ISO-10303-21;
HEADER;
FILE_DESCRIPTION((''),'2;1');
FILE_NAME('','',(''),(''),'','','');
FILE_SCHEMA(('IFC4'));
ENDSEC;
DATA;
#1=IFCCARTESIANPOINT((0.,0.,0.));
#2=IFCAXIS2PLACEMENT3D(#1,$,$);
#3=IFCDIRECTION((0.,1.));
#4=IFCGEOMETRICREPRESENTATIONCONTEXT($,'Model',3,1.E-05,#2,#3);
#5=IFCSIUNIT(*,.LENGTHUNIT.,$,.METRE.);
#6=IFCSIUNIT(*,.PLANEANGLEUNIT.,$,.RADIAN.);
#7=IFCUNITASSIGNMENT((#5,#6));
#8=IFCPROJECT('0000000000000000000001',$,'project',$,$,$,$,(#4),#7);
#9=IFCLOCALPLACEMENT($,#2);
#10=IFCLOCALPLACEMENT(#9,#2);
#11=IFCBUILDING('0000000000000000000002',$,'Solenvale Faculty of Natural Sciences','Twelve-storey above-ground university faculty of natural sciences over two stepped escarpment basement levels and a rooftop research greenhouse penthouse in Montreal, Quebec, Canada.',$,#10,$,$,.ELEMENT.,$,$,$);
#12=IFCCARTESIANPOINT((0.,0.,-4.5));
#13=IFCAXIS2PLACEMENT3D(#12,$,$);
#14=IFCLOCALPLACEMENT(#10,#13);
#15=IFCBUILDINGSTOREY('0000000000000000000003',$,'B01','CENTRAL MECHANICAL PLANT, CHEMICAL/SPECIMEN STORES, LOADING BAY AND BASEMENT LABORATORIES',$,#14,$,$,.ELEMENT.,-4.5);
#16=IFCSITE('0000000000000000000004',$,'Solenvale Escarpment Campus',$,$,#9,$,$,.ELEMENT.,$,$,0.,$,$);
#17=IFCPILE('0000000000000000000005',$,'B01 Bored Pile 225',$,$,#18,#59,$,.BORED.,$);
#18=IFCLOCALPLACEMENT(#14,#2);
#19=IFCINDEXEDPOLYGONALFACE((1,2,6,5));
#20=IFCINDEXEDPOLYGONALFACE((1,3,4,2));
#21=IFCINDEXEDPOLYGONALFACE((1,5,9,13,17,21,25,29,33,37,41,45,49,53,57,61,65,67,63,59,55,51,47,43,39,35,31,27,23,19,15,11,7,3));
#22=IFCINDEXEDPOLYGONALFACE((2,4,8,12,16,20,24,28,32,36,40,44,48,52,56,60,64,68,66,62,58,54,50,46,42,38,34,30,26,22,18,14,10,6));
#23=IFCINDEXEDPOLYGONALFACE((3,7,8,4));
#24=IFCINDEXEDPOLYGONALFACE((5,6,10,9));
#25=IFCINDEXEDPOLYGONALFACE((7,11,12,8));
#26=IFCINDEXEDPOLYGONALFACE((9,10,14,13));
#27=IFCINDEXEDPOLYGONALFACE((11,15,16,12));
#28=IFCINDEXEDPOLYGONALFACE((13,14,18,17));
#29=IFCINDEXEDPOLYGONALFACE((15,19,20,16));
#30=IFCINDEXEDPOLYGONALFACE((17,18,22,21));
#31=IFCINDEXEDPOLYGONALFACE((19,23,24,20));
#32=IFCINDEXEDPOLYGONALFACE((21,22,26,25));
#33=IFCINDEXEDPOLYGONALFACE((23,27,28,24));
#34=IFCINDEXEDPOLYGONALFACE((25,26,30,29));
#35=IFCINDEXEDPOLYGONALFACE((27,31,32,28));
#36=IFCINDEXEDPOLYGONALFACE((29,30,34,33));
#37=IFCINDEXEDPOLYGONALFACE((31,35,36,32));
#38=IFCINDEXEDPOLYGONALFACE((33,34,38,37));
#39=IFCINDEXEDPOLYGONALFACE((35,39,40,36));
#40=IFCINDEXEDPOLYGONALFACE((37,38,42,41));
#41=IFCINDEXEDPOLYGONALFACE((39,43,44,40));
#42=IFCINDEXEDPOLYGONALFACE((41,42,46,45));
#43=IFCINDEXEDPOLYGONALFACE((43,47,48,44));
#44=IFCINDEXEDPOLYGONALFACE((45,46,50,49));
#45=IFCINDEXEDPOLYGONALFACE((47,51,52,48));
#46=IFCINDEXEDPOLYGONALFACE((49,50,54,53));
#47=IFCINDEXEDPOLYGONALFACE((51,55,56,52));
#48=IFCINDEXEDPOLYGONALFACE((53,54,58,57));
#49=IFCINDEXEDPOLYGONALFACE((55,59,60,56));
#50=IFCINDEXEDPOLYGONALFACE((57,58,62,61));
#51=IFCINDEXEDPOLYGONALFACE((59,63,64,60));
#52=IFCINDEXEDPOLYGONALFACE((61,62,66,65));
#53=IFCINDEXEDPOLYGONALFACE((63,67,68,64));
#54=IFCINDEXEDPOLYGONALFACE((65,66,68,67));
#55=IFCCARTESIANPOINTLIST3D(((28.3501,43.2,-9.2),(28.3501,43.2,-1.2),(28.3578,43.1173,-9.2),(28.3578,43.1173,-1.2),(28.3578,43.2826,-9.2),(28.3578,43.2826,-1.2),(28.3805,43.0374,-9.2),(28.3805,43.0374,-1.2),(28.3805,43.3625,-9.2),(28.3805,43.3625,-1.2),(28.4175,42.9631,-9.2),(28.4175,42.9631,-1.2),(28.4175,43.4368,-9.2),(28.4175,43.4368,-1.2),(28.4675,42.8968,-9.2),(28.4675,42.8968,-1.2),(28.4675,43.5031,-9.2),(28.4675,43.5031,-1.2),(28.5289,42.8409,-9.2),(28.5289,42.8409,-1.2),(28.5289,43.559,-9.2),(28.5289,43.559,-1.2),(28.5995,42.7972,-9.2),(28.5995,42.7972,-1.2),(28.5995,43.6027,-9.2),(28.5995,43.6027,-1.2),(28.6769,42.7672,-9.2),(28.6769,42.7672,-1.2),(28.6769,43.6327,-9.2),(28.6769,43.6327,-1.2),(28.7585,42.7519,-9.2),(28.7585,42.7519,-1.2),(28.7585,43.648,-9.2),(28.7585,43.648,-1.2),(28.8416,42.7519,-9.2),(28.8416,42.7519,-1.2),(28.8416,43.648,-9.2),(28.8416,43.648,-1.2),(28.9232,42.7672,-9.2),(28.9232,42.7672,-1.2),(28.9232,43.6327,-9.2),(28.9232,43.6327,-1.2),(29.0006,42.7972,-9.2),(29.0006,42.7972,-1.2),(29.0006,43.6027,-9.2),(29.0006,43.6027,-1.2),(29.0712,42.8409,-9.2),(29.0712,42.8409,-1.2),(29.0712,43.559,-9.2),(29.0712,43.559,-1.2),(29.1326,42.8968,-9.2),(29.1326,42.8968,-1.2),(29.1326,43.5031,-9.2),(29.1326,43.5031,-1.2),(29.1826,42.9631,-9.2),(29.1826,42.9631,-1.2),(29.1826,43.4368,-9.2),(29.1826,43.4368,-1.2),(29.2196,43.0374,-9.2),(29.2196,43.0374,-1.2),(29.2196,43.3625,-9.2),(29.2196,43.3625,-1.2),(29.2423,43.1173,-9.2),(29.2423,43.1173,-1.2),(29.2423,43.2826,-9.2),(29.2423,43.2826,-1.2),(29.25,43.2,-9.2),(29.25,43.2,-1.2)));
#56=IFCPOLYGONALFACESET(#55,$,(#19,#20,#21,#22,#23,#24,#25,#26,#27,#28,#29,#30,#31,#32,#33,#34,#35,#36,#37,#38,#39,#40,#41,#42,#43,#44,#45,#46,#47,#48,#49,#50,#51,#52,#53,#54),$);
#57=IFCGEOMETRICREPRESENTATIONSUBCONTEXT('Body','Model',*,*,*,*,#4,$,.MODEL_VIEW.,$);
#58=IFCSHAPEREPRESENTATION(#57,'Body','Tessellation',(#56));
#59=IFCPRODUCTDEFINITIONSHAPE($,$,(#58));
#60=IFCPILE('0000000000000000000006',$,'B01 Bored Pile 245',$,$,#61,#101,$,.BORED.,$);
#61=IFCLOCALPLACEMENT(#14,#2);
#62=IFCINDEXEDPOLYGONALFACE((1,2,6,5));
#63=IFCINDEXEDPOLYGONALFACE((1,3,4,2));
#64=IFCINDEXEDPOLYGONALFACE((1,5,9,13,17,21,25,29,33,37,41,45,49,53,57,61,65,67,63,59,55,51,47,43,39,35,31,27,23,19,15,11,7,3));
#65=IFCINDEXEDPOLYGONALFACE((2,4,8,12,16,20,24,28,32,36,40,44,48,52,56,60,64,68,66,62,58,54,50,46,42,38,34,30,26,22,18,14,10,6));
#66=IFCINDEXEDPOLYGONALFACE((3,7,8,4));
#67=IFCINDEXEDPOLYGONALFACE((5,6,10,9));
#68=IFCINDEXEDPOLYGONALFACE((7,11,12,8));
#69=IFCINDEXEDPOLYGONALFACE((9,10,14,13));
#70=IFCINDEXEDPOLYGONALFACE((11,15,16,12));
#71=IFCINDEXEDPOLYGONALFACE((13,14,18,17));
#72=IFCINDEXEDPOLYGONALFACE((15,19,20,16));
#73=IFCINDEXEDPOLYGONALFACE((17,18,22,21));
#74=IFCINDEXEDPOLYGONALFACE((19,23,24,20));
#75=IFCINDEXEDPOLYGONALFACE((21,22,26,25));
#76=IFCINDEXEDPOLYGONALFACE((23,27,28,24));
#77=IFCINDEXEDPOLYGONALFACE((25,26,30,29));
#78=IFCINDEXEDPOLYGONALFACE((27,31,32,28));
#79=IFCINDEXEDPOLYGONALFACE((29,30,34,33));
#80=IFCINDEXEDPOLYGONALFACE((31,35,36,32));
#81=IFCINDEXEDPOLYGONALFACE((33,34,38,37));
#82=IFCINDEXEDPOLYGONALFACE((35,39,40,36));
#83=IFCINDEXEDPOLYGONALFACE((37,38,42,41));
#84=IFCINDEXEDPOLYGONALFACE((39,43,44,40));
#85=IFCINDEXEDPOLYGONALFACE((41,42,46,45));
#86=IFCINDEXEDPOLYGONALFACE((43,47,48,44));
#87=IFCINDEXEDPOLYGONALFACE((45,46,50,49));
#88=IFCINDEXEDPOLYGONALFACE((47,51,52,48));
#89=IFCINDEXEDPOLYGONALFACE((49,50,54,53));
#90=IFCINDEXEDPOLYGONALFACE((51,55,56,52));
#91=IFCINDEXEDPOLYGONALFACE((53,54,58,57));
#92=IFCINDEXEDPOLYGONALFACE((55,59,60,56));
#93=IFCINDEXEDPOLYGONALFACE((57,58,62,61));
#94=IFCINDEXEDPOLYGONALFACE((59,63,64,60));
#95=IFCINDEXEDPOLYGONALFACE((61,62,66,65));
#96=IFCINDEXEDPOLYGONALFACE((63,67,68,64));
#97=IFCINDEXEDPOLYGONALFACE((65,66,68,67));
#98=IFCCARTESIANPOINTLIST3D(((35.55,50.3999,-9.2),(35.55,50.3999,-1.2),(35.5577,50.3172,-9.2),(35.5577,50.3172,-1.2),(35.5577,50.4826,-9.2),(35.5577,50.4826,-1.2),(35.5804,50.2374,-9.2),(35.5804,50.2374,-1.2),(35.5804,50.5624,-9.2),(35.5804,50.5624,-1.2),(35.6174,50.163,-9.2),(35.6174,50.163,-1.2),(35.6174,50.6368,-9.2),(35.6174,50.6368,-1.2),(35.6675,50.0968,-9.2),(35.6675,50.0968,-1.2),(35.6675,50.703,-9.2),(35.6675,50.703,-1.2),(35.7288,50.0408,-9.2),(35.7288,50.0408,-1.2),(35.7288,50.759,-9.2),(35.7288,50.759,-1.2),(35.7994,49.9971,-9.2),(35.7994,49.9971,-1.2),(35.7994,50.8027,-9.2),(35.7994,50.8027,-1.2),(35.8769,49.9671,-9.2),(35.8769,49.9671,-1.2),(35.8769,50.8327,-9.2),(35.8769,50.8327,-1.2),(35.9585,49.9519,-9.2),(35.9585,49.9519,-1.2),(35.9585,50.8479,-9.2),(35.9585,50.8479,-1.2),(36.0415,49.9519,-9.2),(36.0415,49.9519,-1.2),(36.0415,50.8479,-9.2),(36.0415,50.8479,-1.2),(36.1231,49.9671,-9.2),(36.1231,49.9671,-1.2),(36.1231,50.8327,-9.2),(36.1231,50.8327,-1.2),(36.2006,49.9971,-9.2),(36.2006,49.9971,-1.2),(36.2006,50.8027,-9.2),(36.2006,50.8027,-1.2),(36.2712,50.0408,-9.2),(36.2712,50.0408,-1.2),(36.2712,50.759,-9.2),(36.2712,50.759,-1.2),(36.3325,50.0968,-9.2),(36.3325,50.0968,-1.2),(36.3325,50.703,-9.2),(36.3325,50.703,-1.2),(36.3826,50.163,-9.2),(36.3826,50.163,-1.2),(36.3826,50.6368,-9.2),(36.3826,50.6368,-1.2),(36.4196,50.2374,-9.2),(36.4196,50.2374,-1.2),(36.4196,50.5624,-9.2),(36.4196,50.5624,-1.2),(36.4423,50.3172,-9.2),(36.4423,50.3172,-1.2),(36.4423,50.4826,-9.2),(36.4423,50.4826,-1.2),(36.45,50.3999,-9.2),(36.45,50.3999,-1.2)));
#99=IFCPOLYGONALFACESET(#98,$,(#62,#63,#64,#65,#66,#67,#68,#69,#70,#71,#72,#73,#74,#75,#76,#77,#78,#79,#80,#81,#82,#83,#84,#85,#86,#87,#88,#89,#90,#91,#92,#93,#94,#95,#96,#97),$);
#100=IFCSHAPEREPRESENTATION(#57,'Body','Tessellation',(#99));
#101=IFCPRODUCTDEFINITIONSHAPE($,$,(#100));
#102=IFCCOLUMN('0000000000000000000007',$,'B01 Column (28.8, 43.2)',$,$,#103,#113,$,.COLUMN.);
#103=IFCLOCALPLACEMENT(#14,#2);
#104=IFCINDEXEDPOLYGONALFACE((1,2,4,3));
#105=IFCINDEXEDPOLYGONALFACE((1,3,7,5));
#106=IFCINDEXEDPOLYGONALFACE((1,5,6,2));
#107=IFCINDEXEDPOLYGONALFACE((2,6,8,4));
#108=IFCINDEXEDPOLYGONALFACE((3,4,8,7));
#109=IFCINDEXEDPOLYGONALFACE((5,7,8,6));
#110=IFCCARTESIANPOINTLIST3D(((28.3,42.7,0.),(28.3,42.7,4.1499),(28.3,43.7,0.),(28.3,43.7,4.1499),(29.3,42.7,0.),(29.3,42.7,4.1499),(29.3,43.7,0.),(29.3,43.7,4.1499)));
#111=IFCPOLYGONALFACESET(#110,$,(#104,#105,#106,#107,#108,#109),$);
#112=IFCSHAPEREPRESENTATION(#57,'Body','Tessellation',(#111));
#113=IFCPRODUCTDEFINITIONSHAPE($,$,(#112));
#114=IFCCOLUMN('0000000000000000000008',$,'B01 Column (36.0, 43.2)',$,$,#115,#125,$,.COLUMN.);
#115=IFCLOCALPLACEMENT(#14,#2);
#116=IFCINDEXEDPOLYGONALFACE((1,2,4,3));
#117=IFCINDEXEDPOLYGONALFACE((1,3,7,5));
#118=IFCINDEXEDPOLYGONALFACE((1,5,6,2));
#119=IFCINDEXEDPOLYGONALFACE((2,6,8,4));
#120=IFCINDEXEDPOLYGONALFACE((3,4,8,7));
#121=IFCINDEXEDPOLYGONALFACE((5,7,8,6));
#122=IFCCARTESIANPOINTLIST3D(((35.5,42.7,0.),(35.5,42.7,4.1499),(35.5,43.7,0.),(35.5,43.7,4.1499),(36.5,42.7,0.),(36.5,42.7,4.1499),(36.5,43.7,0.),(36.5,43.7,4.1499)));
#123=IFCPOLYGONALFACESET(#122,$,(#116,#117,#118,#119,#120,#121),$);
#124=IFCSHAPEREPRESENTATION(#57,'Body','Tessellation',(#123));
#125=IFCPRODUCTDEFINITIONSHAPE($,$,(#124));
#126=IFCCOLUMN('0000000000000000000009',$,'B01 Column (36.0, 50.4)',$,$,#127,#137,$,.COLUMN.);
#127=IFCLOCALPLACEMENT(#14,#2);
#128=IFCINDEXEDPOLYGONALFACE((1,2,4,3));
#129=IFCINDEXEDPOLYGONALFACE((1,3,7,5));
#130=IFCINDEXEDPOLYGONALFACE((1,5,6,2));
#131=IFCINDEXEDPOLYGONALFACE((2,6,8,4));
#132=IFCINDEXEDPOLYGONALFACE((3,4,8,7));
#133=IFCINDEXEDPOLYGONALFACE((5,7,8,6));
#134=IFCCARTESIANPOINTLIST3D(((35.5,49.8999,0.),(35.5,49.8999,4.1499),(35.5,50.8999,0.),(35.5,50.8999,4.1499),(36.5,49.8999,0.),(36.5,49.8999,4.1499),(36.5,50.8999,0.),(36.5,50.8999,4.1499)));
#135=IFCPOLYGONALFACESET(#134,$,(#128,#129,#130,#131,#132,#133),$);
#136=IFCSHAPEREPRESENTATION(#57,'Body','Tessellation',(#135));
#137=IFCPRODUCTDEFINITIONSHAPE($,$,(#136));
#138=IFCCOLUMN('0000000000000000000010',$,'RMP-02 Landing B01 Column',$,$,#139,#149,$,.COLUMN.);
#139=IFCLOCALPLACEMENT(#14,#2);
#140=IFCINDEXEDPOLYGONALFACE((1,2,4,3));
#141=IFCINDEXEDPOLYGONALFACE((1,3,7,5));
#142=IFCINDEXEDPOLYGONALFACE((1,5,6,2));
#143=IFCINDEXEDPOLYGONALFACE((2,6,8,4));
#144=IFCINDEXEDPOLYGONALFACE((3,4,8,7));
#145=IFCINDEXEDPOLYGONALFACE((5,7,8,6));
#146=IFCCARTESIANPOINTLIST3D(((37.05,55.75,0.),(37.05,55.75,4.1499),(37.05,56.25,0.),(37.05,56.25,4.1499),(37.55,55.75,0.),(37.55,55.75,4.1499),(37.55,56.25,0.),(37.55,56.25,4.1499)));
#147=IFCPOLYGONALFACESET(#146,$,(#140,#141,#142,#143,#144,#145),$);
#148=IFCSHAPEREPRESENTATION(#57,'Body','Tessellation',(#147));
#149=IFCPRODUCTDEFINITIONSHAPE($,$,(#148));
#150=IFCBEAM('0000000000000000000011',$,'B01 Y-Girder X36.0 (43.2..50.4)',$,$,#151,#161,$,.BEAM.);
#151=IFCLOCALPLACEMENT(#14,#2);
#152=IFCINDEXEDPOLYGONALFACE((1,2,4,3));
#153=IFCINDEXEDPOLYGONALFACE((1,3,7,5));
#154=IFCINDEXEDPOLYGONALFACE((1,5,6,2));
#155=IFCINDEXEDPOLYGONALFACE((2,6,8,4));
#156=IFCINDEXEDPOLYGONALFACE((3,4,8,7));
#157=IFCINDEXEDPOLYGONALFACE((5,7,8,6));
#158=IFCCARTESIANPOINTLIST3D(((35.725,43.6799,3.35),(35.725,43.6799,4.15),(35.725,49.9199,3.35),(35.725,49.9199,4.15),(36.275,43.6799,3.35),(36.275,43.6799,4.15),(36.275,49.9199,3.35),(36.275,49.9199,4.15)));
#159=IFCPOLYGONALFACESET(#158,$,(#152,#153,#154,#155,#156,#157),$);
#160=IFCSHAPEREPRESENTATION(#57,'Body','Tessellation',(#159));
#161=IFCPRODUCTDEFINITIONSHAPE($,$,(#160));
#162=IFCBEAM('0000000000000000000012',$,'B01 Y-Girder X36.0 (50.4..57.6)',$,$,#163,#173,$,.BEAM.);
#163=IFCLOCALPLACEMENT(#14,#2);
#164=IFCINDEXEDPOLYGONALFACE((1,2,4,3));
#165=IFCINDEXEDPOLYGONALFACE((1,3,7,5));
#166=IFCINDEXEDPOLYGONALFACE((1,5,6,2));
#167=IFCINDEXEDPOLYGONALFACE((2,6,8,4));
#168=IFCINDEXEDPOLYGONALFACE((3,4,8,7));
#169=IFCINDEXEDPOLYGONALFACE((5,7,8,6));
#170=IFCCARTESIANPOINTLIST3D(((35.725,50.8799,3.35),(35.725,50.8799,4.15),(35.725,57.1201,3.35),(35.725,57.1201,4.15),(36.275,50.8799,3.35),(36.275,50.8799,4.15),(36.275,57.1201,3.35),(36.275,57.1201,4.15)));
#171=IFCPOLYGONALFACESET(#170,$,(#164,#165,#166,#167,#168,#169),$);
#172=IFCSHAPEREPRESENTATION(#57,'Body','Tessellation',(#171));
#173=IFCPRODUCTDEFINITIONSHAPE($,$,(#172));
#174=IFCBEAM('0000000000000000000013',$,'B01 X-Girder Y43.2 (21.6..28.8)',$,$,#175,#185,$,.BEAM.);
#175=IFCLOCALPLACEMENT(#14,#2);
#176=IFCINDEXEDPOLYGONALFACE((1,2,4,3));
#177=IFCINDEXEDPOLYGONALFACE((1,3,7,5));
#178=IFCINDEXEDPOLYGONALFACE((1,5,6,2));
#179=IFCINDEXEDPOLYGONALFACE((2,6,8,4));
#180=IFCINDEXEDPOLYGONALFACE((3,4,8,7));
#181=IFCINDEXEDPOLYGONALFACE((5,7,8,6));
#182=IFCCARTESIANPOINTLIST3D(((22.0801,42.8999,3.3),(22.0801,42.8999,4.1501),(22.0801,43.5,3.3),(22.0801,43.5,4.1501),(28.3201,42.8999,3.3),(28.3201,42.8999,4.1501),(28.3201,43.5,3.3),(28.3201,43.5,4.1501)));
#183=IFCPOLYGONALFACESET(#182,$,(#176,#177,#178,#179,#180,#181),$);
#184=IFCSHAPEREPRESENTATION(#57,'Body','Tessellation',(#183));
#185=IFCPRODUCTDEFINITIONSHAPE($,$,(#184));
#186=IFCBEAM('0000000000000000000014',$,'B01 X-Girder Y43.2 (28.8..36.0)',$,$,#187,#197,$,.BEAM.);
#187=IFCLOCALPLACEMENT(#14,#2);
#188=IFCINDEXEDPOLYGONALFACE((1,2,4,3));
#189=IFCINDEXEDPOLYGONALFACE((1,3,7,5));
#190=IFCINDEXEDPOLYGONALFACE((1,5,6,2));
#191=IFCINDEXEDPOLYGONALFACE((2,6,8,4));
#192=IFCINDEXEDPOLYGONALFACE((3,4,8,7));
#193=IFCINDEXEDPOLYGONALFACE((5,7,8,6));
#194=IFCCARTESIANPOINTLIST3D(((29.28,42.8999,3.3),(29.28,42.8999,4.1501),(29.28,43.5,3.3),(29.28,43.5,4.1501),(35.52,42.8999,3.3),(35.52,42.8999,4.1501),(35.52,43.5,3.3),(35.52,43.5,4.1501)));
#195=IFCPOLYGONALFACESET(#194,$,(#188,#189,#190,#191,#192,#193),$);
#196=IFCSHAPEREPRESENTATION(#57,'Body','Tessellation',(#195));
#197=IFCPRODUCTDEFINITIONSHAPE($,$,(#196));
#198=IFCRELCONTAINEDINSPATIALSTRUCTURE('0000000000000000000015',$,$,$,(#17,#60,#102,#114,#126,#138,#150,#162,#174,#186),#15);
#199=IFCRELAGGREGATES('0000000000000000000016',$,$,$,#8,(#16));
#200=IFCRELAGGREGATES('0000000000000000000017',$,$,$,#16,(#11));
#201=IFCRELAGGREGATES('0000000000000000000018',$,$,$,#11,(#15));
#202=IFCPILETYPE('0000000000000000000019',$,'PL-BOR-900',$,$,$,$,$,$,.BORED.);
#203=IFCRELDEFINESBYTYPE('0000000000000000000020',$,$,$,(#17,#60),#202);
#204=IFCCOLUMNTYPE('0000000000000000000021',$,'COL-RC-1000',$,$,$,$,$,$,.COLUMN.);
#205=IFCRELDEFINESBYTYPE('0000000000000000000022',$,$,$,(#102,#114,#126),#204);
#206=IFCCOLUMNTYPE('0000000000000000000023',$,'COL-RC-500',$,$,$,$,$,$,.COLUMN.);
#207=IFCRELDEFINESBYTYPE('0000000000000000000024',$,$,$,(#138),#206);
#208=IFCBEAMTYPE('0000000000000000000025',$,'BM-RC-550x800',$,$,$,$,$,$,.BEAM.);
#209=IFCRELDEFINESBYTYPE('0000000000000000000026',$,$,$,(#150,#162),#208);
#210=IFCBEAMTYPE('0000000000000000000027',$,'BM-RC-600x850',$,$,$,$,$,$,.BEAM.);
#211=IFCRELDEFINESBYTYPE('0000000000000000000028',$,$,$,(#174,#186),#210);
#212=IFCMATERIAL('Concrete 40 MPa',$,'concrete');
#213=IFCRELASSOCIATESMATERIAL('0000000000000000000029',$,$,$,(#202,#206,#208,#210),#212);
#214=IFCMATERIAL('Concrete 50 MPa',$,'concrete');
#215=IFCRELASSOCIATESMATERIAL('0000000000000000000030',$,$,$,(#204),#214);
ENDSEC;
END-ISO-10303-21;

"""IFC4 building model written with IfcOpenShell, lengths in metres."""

from ifc_helpers import new_model, si_unit, direction, frame, origin, origin_2d, place, context, subcontext, project, spatial, rectangle, circle, extrude, material, material_profile, profile_set, type_object, element, save


model = new_model("IFC4")

# Units and contexts
model_context = context("Model", 3, precision=1e-05, world=origin(), true_north=direction((0.0, 1.0)))
body_context = subcontext(model_context, "Body", "Model", "MODEL_VIEW")
ifc_project = project(units=[si_unit("LENGTHUNIT", "METRE"), si_unit("PLANEANGLEUNIT", "RADIAN")], contexts=[model_context])

# Site, building, storey
site_placement = place(None, origin())
site = spatial("IfcSite", under=ifc_project, at=site_placement, Name="Solenvale Escarpment Campus", CompositionType="ELEMENT", RefElevation=0.0)
building_placement = place(site_placement, origin())
building = spatial("IfcBuilding", under=site, at=building_placement, Name="Solenvale Faculty of Natural Sciences", Description="Twelve-storey above-ground university faculty of natural sciences over two stepped escarpment basement levels and a rooftop research greenhouse penthouse in Montreal, Quebec, Canada.", CompositionType="ELEMENT")
storey_placement = place(building_placement, frame((0.0, 0.0, -4.5)))
storey = spatial("IfcBuildingStorey", under=building, at=storey_placement, Name="B01", Description="CENTRAL MECHANICAL PLANT, CHEMICAL/SPECIMEN STORES, LOADING BAY AND BASEMENT LABORATORIES", CompositionType="ELEMENT", Elevation=-4.5)

# Shared definitions
ifc_material_1 = material(Name="Concrete 40 MPa", Category="concrete")

# Piles
ifc_material_profile_1 = material_profile(ifc_material_1, circle(Radius=0.45, at=origin_2d()), Name="PILE-D900")
ifc_profile_set_1 = profile_set([ifc_material_profile_1], Name="Concrete 40 MPa")
pile_type_1 = type_object("IfcPileType", Name="PL-BOR-900", PredefinedType="BORED", material=ifc_profile_set_1)
for number, where, z_axis, x_axis, name in (
    (1, (28.8, 43.2, -1.2), (0.0, 0.0, -1.0), (1.0, 0.0, 0.0), "B01 Bored Pile 225"),
    (2, (36.0, 50.3999, -1.2), (0.0, 0.0, -1.0), (1.0, 0.0, 0.0), "B01 Bored Pile 245"),
):
    element("IfcPile", number, at=place(storey_placement, frame(where, z_axis=z_axis, x_axis=x_axis)), inside=storey, type_object=pile_type_1, Name=name, PredefinedType="BORED", context=body_context, shape_type="SweptSolid", body=[
        extrude(circle(Radius=0.45, at=origin_2d()), origin(), (0.0, 0.0, 1.0), 8.0),
    ])

# Columns
ifc_material_2 = material(Name="Concrete 50 MPa", Category="concrete")
ifc_material_profile_2 = material_profile(ifc_material_2, rectangle(XDim=1.0, YDim=1.0, at=origin_2d()), Name="RC-COL-1000x1000")
ifc_profile_set_2 = profile_set([ifc_material_profile_2], Name="Concrete 50 MPa")
column_type_1 = type_object("IfcColumnType", Name="COL-RC-1000", PredefinedType="COLUMN", material=ifc_profile_set_2)
for number, where, z_axis, x_axis, name in (
    (3, (28.8, 43.2, 0.0), (0.0, 0.0, 1.0), (1.0, 0.0, 0.0), "B01 Column (28.8, 43.2)"),
    (4, (36.0, 43.2, 0.0), (0.0, 0.0, 1.0), (1.0, 0.0, 0.0), "B01 Column (36.0, 43.2)"),
    (5, (36.0, 50.3999, 0.0), (0.0, 0.0, 1.0), (1.0, 0.0, 0.0), "B01 Column (36.0, 50.4)"),
):
    element("IfcColumn", number, at=place(storey_placement, frame(where, z_axis=z_axis, x_axis=x_axis)), inside=storey, type_object=column_type_1, Name=name, PredefinedType="COLUMN", context=body_context, shape_type="SweptSolid", body=[
        extrude(rectangle(XDim=1.0, YDim=1.0, at=origin_2d()), origin(), (0.0, 0.0, 1.0), 4.1499),
    ])
ifc_material_profile_3 = material_profile(ifc_material_1, rectangle(XDim=0.5, YDim=0.5, at=origin_2d()), Name="RC-COL-500x500")
ifc_profile_set_3 = profile_set([ifc_material_profile_3], Name="Concrete 40 MPa")
column_type_2 = type_object("IfcColumnType", Name="COL-RC-500", PredefinedType="COLUMN", material=ifc_profile_set_3)
column_placement = place(storey_placement, frame((37.3, 56.0, 0.0), z_axis=(0.0, 0.0, 1.0), x_axis=(1.0, 0.0, 0.0)))
element("IfcColumn", 6, at=column_placement, inside=storey, type_object=column_type_2, Name="RMP-02 Landing B01 Column", PredefinedType="COLUMN", context=body_context, shape_type="SweptSolid", body=[
    extrude(rectangle(XDim=0.5, YDim=0.5, at=origin_2d()), origin(), (0.0, 0.0, 1.0), 4.1499),
])

# Beams
ifc_material_profile_4 = material_profile(ifc_material_1, rectangle(XDim=0.55, YDim=0.8, at=origin_2d()), Name="RC-BM-550x800")
ifc_profile_set_4 = profile_set([ifc_material_profile_4], Name="Concrete 40 MPa")
beam_type_1 = type_object("IfcBeamType", Name="BM-RC-550x800", PredefinedType="BEAM", material=ifc_profile_set_4)
beam_1_placement = place(storey_placement, frame((36.0, 43.6799, 3.75), z_axis=(0.0, 1.0, 0.0), x_axis=(-1.0, 0.0, 0.0)))
element("IfcBeam", 7, at=beam_1_placement, inside=storey, type_object=beam_type_1, Name="B01 Y-Girder X36.0 (43.2..50.4)", PredefinedType="BEAM", context=body_context, shape_type="SweptSolid", body=[
    extrude(rectangle(XDim=0.55, YDim=0.8, at=origin_2d()), origin(), (0.0, 0.0, 1.0), 6.24),
])
beam_2_placement = place(storey_placement, frame((36.0, 50.8799, 3.75), z_axis=(0.0, 1.0, 0.0), x_axis=(-1.0, 0.0, 0.0)))
element("IfcBeam", 8, at=beam_2_placement, inside=storey, type_object=beam_type_1, Name="B01 Y-Girder X36.0 (50.4..57.6)", PredefinedType="BEAM", context=body_context, shape_type="SweptSolid", body=[
    extrude(rectangle(XDim=0.55, YDim=0.8, at=origin_2d()), origin(), (0.0, 0.0, 1.0), 6.2402),
])
ifc_material_profile_5 = material_profile(ifc_material_1, rectangle(XDim=0.6001, YDim=0.8501, at=origin_2d()), Name="RC-BM-600x850")
ifc_profile_set_5 = profile_set([ifc_material_profile_5], Name="Concrete 40 MPa")
beam_type_2 = type_object("IfcBeamType", Name="BM-RC-600x850", PredefinedType="BEAM", material=ifc_profile_set_5)
for number, where, z_axis, x_axis, name in (
    (9, (22.0801, 43.2, 3.7251), (1.0, 0.0, 0.0), (0.0, 1.0, 0.0), "B01 X-Girder Y43.2 (21.6..28.8)"),
    (10, (29.28, 43.2, 3.7251), (1.0, 0.0, 0.0), (0.0, 1.0, 0.0), "B01 X-Girder Y43.2 (28.8..36.0)"),
):
    element("IfcBeam", number, at=place(storey_placement, frame(where, z_axis=z_axis, x_axis=x_axis)), inside=storey, type_object=beam_type_2, Name=name, PredefinedType="BEAM", context=body_context, shape_type="SweptSolid", body=[
        extrude(rectangle(XDim=0.6001, YDim=0.8501, at=origin_2d()), origin(), (0.0, 0.0, 1.0), 6.24),
    ])

save(model, "model.ifc")
